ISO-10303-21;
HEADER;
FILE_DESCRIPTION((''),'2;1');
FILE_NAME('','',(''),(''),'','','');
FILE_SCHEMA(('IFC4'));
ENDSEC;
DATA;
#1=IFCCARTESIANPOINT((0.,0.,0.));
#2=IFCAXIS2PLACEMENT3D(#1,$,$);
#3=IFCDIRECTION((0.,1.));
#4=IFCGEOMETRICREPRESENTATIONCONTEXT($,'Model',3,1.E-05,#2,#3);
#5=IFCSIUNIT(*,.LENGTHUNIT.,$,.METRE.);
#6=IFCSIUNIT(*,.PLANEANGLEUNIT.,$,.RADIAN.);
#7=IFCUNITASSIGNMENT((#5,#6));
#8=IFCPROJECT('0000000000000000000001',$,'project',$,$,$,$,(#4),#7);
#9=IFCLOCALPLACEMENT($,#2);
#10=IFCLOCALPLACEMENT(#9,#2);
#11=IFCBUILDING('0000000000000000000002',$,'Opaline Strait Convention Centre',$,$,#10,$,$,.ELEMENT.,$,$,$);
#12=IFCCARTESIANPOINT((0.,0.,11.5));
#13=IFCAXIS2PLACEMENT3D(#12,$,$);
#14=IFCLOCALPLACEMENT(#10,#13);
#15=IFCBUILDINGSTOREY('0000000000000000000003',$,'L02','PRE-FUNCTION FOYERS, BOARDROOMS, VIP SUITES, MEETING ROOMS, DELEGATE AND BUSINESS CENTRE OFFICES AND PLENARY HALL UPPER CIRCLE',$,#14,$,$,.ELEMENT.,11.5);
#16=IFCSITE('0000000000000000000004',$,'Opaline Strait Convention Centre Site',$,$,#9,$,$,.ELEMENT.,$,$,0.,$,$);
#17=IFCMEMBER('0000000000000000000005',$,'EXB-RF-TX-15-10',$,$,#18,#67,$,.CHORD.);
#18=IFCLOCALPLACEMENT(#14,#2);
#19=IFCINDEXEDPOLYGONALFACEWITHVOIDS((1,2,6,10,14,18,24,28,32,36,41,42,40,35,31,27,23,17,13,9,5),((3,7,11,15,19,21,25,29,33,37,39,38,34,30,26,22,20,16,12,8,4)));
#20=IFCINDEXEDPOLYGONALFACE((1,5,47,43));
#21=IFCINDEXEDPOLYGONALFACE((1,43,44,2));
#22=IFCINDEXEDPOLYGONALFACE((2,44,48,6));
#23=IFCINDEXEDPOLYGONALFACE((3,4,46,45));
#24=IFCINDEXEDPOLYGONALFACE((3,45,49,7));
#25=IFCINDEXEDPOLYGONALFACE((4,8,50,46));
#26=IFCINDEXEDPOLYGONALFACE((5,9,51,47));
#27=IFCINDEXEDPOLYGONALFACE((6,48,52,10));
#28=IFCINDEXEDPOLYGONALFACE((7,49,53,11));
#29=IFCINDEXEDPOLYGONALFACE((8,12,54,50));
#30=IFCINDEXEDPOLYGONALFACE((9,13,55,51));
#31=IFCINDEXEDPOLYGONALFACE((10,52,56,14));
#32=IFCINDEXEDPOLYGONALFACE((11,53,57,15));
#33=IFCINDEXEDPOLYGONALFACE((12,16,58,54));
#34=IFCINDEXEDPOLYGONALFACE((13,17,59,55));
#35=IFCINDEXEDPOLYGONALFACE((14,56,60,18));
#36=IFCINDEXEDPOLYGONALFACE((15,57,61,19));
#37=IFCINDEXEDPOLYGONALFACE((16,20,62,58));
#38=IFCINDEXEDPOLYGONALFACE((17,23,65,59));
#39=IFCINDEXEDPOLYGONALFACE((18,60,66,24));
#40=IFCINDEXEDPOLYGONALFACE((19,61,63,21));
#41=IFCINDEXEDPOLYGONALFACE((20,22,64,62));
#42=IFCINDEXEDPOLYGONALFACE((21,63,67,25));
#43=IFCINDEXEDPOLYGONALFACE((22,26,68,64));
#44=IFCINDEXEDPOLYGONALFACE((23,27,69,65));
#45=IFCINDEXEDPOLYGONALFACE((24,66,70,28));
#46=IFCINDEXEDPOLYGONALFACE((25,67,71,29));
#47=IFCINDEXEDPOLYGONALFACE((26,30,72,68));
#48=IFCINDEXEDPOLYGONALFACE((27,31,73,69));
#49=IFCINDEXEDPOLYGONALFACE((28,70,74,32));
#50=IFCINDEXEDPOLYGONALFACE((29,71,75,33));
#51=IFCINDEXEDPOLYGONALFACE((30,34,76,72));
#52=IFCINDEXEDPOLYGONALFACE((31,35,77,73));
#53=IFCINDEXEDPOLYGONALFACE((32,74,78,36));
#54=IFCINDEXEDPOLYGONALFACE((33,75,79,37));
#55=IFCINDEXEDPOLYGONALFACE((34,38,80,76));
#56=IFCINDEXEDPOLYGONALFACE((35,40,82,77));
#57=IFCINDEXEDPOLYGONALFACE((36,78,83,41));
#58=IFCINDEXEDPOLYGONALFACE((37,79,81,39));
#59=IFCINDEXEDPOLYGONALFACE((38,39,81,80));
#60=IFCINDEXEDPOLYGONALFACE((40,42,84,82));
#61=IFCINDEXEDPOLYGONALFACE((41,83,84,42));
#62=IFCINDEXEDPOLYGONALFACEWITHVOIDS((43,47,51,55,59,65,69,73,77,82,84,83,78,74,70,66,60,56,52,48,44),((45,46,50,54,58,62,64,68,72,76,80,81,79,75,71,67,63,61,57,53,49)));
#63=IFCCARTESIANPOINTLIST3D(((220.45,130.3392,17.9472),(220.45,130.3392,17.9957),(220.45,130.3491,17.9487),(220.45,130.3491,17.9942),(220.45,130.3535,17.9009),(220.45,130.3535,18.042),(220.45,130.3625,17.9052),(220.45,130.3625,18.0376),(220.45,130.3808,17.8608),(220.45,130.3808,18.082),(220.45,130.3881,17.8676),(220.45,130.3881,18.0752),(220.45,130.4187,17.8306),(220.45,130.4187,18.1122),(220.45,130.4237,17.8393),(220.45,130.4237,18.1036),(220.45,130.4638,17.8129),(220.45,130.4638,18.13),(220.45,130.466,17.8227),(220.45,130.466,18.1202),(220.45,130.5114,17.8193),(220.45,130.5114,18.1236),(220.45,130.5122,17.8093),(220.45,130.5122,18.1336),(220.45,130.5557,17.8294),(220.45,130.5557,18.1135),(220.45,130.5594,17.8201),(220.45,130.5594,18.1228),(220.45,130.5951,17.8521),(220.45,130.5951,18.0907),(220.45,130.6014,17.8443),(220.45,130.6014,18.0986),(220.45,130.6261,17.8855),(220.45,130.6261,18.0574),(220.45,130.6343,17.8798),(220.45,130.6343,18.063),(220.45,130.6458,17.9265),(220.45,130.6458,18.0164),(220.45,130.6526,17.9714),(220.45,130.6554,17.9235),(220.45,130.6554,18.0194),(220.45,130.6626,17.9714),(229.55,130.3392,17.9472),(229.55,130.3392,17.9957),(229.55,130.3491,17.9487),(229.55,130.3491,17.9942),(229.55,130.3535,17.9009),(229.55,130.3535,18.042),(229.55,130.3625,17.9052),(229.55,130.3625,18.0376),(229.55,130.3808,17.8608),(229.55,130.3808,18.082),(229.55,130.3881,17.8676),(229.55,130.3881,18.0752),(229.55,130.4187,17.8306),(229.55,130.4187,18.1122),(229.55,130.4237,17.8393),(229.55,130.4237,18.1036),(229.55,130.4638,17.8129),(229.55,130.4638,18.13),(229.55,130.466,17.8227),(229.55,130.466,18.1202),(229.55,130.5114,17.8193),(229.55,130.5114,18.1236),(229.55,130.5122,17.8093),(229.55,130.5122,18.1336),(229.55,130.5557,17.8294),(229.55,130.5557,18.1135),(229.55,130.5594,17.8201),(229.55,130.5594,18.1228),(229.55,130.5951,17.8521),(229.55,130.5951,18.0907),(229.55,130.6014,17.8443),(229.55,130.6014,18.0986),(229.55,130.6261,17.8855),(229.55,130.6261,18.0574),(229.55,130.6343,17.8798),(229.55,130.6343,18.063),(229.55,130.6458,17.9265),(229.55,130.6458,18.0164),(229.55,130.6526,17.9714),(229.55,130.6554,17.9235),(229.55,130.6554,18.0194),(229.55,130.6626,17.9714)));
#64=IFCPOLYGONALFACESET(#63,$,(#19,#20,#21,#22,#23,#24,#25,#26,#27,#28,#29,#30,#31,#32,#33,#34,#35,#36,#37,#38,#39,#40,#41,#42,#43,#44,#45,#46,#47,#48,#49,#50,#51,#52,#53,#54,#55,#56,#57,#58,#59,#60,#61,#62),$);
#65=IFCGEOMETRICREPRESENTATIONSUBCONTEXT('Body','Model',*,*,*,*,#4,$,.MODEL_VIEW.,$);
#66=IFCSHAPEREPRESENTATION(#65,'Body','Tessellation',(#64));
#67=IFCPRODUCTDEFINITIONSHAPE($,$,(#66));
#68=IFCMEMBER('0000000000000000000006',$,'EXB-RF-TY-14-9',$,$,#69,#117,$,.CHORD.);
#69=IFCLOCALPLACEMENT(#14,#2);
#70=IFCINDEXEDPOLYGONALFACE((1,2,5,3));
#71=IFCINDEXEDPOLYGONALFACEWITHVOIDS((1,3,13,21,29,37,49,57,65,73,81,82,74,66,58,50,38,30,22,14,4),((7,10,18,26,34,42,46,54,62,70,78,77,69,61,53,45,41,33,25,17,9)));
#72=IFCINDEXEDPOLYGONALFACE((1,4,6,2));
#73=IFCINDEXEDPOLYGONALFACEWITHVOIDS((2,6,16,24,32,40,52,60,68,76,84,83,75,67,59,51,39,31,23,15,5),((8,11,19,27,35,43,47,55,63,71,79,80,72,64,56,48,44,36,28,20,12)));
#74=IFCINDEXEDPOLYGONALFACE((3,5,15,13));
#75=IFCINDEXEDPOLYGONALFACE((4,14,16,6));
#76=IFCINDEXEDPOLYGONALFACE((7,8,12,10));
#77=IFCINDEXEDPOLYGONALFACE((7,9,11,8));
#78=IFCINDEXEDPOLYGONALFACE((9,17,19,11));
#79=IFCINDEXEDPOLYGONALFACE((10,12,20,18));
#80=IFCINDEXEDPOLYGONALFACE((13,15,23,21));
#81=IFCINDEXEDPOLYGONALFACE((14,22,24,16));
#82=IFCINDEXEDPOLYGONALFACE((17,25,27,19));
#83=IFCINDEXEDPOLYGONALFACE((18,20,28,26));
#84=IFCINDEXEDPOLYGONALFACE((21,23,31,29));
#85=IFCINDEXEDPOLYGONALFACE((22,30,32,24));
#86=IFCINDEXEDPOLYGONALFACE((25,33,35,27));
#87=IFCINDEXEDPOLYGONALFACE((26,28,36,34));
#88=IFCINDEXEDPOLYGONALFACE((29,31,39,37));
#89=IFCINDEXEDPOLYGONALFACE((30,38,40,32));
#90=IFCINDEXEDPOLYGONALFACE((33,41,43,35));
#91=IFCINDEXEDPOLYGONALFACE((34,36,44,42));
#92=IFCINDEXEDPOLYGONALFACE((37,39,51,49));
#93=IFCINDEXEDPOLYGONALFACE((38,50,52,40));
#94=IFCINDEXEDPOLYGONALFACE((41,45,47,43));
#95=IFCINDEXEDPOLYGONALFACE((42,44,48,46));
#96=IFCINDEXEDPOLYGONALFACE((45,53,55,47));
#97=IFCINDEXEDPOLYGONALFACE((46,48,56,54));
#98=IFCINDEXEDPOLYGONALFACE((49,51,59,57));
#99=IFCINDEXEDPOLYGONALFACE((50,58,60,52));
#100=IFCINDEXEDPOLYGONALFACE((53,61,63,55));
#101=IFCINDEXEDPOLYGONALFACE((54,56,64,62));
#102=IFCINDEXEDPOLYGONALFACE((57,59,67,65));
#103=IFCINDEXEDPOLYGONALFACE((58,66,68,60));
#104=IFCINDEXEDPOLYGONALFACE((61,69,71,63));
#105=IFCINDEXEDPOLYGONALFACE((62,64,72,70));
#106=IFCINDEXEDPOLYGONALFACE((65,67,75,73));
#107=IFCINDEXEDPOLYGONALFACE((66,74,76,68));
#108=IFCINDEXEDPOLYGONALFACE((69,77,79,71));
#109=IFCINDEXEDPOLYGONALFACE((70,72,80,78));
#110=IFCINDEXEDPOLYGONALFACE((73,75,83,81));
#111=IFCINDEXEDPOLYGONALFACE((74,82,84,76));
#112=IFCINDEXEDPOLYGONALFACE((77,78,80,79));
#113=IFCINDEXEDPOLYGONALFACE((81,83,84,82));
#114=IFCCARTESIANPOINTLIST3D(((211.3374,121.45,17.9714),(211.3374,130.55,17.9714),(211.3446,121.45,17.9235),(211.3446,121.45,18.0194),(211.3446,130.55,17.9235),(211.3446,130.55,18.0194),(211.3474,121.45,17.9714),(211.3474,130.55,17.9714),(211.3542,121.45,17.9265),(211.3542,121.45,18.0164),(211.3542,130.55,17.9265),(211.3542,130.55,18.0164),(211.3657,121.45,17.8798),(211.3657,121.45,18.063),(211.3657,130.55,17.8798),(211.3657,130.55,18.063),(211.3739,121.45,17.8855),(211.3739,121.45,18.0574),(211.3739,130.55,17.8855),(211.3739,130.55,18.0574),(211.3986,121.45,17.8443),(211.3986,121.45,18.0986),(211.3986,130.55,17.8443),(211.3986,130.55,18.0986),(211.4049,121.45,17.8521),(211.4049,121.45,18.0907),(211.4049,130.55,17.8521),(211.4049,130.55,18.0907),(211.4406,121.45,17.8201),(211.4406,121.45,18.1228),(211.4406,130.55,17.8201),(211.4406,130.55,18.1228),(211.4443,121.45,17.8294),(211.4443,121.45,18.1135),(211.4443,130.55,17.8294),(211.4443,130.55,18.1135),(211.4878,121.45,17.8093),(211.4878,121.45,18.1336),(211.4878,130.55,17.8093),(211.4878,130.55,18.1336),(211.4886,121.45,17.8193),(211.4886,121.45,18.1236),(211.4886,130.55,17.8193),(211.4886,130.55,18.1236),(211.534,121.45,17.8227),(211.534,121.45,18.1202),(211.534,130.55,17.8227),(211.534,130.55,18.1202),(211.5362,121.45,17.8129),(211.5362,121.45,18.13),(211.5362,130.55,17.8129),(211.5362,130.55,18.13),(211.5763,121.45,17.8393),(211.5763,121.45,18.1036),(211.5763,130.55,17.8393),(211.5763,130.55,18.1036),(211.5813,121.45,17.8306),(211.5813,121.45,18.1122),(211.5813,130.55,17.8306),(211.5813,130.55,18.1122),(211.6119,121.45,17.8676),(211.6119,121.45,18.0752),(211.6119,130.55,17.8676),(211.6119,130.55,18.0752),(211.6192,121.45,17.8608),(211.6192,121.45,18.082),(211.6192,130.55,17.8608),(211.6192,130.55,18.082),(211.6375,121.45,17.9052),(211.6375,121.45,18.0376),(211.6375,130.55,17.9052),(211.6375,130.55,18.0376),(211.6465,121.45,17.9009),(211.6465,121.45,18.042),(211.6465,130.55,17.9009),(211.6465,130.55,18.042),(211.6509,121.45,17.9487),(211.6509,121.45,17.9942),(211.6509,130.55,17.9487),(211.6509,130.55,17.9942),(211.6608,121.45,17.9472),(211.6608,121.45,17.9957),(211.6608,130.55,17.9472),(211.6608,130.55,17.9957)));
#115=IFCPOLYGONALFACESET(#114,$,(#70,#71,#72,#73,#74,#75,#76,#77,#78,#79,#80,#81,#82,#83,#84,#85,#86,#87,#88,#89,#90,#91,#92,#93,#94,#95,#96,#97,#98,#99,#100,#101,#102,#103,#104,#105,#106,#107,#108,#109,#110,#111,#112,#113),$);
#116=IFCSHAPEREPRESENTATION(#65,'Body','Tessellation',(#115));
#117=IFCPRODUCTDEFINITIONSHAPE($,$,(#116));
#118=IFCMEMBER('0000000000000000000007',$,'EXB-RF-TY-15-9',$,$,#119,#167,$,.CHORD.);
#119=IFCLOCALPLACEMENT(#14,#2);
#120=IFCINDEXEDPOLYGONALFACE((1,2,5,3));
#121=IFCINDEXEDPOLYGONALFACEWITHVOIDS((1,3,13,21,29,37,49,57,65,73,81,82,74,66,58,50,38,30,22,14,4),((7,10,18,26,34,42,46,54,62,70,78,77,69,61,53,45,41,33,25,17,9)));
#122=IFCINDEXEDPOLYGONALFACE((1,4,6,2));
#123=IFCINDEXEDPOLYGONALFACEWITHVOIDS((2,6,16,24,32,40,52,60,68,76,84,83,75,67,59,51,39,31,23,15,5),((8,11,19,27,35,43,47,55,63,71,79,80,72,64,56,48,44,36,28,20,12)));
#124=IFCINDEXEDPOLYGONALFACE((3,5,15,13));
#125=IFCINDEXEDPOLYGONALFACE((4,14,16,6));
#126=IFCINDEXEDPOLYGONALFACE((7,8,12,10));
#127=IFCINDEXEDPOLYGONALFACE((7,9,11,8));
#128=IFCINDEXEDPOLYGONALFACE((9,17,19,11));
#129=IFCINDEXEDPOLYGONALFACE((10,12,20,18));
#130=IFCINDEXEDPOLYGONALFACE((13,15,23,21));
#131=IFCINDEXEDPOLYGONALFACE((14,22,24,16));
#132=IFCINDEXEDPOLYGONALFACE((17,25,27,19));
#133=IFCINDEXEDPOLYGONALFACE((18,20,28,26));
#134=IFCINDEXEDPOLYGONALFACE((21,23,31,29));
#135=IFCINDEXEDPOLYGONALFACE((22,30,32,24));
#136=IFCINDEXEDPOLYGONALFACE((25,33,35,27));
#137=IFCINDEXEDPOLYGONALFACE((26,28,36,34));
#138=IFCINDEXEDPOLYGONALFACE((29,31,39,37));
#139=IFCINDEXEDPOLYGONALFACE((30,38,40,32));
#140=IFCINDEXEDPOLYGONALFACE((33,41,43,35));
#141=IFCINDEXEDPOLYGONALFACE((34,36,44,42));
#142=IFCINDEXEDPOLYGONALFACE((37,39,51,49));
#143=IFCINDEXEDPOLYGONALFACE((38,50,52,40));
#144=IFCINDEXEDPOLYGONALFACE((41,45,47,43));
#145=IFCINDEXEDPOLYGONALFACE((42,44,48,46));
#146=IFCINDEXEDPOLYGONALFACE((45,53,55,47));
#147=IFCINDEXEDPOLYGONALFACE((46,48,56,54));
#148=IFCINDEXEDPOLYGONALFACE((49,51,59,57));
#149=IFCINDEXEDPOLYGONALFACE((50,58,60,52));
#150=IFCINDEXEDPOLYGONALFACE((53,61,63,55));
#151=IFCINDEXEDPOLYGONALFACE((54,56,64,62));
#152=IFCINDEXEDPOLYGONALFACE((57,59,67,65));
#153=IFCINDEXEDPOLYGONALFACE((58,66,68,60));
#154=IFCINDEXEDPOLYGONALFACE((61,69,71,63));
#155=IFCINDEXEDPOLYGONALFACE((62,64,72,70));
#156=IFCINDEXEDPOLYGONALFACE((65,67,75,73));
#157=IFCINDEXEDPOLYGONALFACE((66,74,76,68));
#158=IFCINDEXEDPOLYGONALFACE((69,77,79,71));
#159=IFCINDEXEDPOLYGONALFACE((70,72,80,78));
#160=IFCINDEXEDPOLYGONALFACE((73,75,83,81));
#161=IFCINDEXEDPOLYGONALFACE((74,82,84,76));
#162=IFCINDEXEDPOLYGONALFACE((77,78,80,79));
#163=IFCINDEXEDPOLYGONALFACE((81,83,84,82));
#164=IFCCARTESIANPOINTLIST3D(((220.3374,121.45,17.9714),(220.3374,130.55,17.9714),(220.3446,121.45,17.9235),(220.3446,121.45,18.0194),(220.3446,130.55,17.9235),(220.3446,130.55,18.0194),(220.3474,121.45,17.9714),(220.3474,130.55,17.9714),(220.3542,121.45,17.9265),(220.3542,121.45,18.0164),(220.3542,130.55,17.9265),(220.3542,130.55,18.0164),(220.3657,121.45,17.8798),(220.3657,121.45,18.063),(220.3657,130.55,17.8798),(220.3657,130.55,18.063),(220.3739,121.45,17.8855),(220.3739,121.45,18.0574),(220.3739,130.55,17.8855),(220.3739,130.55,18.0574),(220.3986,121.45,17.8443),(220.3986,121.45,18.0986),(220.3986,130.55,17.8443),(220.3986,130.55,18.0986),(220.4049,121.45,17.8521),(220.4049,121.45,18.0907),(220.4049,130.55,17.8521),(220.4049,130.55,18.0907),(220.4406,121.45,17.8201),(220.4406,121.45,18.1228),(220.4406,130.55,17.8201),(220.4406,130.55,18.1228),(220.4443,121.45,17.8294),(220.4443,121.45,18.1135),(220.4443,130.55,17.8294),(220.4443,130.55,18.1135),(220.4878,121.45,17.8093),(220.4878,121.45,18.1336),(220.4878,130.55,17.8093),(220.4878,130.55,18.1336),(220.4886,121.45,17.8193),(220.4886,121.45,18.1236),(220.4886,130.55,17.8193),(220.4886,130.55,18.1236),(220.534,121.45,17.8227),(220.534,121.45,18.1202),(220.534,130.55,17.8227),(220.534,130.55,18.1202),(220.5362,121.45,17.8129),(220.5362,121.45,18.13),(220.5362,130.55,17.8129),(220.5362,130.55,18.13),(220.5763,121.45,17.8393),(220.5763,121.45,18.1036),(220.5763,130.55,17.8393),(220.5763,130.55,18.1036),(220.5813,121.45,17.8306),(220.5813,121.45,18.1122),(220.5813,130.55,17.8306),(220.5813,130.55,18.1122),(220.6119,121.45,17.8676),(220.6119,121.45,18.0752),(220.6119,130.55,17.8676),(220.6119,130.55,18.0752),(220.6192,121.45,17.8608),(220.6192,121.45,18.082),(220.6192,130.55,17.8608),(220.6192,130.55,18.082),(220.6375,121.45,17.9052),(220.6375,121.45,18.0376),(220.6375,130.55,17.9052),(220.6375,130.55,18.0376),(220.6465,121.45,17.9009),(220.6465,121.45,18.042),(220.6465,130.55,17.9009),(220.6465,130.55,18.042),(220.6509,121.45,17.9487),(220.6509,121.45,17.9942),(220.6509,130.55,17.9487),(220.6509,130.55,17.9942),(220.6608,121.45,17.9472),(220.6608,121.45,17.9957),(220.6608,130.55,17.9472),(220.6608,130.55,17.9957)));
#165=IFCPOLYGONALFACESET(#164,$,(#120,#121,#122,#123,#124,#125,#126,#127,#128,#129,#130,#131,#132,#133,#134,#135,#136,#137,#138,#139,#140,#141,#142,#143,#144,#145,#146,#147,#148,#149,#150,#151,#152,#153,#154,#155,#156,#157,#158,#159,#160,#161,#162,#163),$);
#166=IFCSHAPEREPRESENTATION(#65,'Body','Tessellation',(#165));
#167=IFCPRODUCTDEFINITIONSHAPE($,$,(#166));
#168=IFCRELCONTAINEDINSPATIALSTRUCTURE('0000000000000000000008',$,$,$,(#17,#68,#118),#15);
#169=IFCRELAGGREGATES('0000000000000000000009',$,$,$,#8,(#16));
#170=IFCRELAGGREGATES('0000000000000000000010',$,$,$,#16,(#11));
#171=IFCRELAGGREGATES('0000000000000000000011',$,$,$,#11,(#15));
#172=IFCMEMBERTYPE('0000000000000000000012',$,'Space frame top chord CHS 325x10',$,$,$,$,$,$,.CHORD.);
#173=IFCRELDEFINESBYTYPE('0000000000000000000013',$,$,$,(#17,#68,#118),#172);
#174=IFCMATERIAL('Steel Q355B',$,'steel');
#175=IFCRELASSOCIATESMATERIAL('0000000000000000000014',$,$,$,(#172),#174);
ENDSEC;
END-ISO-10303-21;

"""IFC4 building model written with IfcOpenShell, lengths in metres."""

from ifc_helpers import new_model, si_unit, direction, frame, origin, origin_2d, place, context, subcontext, project, spatial, hollow_circle, extrude, material, material_profile, profile_set, type_object, element, save


model = new_model("IFC4")

# Units and contexts
model_context = context("Model", 3, precision=1e-05, world=origin(), true_north=direction((0.0, 1.0)))
body_context = subcontext(model_context, "Body", "Model", "MODEL_VIEW")
ifc_project = project(units=[si_unit("LENGTHUNIT", "METRE"), si_unit("PLANEANGLEUNIT", "RADIAN")], contexts=[model_context])

# Site, building, storey
site_placement = place(None, origin())
site = spatial("IfcSite", under=ifc_project, at=site_placement, Name="Opaline Strait Convention Centre Site", CompositionType="ELEMENT", RefElevation=0.0)
building_placement = place(site_placement, origin())
building = spatial("IfcBuilding", under=site, at=building_placement, Name="Opaline Strait Convention Centre", CompositionType="ELEMENT")
storey_placement = place(building_placement, frame((0.0, 0.0, 11.5)))
storey = spatial("IfcBuildingStorey", under=building, at=storey_placement, Name="L02", Description="PRE-FUNCTION FOYERS, BOARDROOMS, VIP SUITES, MEETING ROOMS, DELEGATE AND BUSINESS CENTRE OFFICES AND PLENARY HALL UPPER CIRCLE", CompositionType="ELEMENT", Elevation=11.5)

# Members
ifc_material_1 = material(Name="Steel Q355B", Category="steel")
ifc_material_profile_1 = material_profile(ifc_material_1, hollow_circle(Radius=0.1626, WallThickness=0.01, at=origin_2d()), Name="CHS 325x10")
ifc_profile_set_1 = profile_set([ifc_material_profile_1], Name="Steel Q355B")
member_type_1 = type_object("IfcMemberType", Name="Space frame top chord CHS 325x10", PredefinedType="CHORD", material=ifc_profile_set_1)
for number, where, z_axis, x_axis, name in (
    (1, (220.45, 130.5, 17.9714), (1.0, 0.0, 0.0), (0.0, 1.0, 0.0), "EXB-RF-TX-15-10"),
    (2, (211.5, 121.45, 17.9714), (0.0, 1.0, 0.0), (-1.0, 0.0, 0.0), "EXB-RF-TY-14-9"),
    (3, (220.5, 121.45, 17.9714), (0.0, 1.0, 0.0), (-1.0, 0.0, 0.0), "EXB-RF-TY-15-9"),
):
    element("IfcMember", number, at=place(storey_placement, frame(where, z_axis=z_axis, x_axis=x_axis)), inside=storey, type_object=member_type_1, Name=name, PredefinedType="CHORD", context=body_context, shape_type="SweptSolid", body=[
        extrude(hollow_circle(Radius=0.1626, WallThickness=0.01, at=origin_2d()), origin(), (0.0, 0.0, 1.0), 9.1001),
    ])

save(model, "model.ifc")
